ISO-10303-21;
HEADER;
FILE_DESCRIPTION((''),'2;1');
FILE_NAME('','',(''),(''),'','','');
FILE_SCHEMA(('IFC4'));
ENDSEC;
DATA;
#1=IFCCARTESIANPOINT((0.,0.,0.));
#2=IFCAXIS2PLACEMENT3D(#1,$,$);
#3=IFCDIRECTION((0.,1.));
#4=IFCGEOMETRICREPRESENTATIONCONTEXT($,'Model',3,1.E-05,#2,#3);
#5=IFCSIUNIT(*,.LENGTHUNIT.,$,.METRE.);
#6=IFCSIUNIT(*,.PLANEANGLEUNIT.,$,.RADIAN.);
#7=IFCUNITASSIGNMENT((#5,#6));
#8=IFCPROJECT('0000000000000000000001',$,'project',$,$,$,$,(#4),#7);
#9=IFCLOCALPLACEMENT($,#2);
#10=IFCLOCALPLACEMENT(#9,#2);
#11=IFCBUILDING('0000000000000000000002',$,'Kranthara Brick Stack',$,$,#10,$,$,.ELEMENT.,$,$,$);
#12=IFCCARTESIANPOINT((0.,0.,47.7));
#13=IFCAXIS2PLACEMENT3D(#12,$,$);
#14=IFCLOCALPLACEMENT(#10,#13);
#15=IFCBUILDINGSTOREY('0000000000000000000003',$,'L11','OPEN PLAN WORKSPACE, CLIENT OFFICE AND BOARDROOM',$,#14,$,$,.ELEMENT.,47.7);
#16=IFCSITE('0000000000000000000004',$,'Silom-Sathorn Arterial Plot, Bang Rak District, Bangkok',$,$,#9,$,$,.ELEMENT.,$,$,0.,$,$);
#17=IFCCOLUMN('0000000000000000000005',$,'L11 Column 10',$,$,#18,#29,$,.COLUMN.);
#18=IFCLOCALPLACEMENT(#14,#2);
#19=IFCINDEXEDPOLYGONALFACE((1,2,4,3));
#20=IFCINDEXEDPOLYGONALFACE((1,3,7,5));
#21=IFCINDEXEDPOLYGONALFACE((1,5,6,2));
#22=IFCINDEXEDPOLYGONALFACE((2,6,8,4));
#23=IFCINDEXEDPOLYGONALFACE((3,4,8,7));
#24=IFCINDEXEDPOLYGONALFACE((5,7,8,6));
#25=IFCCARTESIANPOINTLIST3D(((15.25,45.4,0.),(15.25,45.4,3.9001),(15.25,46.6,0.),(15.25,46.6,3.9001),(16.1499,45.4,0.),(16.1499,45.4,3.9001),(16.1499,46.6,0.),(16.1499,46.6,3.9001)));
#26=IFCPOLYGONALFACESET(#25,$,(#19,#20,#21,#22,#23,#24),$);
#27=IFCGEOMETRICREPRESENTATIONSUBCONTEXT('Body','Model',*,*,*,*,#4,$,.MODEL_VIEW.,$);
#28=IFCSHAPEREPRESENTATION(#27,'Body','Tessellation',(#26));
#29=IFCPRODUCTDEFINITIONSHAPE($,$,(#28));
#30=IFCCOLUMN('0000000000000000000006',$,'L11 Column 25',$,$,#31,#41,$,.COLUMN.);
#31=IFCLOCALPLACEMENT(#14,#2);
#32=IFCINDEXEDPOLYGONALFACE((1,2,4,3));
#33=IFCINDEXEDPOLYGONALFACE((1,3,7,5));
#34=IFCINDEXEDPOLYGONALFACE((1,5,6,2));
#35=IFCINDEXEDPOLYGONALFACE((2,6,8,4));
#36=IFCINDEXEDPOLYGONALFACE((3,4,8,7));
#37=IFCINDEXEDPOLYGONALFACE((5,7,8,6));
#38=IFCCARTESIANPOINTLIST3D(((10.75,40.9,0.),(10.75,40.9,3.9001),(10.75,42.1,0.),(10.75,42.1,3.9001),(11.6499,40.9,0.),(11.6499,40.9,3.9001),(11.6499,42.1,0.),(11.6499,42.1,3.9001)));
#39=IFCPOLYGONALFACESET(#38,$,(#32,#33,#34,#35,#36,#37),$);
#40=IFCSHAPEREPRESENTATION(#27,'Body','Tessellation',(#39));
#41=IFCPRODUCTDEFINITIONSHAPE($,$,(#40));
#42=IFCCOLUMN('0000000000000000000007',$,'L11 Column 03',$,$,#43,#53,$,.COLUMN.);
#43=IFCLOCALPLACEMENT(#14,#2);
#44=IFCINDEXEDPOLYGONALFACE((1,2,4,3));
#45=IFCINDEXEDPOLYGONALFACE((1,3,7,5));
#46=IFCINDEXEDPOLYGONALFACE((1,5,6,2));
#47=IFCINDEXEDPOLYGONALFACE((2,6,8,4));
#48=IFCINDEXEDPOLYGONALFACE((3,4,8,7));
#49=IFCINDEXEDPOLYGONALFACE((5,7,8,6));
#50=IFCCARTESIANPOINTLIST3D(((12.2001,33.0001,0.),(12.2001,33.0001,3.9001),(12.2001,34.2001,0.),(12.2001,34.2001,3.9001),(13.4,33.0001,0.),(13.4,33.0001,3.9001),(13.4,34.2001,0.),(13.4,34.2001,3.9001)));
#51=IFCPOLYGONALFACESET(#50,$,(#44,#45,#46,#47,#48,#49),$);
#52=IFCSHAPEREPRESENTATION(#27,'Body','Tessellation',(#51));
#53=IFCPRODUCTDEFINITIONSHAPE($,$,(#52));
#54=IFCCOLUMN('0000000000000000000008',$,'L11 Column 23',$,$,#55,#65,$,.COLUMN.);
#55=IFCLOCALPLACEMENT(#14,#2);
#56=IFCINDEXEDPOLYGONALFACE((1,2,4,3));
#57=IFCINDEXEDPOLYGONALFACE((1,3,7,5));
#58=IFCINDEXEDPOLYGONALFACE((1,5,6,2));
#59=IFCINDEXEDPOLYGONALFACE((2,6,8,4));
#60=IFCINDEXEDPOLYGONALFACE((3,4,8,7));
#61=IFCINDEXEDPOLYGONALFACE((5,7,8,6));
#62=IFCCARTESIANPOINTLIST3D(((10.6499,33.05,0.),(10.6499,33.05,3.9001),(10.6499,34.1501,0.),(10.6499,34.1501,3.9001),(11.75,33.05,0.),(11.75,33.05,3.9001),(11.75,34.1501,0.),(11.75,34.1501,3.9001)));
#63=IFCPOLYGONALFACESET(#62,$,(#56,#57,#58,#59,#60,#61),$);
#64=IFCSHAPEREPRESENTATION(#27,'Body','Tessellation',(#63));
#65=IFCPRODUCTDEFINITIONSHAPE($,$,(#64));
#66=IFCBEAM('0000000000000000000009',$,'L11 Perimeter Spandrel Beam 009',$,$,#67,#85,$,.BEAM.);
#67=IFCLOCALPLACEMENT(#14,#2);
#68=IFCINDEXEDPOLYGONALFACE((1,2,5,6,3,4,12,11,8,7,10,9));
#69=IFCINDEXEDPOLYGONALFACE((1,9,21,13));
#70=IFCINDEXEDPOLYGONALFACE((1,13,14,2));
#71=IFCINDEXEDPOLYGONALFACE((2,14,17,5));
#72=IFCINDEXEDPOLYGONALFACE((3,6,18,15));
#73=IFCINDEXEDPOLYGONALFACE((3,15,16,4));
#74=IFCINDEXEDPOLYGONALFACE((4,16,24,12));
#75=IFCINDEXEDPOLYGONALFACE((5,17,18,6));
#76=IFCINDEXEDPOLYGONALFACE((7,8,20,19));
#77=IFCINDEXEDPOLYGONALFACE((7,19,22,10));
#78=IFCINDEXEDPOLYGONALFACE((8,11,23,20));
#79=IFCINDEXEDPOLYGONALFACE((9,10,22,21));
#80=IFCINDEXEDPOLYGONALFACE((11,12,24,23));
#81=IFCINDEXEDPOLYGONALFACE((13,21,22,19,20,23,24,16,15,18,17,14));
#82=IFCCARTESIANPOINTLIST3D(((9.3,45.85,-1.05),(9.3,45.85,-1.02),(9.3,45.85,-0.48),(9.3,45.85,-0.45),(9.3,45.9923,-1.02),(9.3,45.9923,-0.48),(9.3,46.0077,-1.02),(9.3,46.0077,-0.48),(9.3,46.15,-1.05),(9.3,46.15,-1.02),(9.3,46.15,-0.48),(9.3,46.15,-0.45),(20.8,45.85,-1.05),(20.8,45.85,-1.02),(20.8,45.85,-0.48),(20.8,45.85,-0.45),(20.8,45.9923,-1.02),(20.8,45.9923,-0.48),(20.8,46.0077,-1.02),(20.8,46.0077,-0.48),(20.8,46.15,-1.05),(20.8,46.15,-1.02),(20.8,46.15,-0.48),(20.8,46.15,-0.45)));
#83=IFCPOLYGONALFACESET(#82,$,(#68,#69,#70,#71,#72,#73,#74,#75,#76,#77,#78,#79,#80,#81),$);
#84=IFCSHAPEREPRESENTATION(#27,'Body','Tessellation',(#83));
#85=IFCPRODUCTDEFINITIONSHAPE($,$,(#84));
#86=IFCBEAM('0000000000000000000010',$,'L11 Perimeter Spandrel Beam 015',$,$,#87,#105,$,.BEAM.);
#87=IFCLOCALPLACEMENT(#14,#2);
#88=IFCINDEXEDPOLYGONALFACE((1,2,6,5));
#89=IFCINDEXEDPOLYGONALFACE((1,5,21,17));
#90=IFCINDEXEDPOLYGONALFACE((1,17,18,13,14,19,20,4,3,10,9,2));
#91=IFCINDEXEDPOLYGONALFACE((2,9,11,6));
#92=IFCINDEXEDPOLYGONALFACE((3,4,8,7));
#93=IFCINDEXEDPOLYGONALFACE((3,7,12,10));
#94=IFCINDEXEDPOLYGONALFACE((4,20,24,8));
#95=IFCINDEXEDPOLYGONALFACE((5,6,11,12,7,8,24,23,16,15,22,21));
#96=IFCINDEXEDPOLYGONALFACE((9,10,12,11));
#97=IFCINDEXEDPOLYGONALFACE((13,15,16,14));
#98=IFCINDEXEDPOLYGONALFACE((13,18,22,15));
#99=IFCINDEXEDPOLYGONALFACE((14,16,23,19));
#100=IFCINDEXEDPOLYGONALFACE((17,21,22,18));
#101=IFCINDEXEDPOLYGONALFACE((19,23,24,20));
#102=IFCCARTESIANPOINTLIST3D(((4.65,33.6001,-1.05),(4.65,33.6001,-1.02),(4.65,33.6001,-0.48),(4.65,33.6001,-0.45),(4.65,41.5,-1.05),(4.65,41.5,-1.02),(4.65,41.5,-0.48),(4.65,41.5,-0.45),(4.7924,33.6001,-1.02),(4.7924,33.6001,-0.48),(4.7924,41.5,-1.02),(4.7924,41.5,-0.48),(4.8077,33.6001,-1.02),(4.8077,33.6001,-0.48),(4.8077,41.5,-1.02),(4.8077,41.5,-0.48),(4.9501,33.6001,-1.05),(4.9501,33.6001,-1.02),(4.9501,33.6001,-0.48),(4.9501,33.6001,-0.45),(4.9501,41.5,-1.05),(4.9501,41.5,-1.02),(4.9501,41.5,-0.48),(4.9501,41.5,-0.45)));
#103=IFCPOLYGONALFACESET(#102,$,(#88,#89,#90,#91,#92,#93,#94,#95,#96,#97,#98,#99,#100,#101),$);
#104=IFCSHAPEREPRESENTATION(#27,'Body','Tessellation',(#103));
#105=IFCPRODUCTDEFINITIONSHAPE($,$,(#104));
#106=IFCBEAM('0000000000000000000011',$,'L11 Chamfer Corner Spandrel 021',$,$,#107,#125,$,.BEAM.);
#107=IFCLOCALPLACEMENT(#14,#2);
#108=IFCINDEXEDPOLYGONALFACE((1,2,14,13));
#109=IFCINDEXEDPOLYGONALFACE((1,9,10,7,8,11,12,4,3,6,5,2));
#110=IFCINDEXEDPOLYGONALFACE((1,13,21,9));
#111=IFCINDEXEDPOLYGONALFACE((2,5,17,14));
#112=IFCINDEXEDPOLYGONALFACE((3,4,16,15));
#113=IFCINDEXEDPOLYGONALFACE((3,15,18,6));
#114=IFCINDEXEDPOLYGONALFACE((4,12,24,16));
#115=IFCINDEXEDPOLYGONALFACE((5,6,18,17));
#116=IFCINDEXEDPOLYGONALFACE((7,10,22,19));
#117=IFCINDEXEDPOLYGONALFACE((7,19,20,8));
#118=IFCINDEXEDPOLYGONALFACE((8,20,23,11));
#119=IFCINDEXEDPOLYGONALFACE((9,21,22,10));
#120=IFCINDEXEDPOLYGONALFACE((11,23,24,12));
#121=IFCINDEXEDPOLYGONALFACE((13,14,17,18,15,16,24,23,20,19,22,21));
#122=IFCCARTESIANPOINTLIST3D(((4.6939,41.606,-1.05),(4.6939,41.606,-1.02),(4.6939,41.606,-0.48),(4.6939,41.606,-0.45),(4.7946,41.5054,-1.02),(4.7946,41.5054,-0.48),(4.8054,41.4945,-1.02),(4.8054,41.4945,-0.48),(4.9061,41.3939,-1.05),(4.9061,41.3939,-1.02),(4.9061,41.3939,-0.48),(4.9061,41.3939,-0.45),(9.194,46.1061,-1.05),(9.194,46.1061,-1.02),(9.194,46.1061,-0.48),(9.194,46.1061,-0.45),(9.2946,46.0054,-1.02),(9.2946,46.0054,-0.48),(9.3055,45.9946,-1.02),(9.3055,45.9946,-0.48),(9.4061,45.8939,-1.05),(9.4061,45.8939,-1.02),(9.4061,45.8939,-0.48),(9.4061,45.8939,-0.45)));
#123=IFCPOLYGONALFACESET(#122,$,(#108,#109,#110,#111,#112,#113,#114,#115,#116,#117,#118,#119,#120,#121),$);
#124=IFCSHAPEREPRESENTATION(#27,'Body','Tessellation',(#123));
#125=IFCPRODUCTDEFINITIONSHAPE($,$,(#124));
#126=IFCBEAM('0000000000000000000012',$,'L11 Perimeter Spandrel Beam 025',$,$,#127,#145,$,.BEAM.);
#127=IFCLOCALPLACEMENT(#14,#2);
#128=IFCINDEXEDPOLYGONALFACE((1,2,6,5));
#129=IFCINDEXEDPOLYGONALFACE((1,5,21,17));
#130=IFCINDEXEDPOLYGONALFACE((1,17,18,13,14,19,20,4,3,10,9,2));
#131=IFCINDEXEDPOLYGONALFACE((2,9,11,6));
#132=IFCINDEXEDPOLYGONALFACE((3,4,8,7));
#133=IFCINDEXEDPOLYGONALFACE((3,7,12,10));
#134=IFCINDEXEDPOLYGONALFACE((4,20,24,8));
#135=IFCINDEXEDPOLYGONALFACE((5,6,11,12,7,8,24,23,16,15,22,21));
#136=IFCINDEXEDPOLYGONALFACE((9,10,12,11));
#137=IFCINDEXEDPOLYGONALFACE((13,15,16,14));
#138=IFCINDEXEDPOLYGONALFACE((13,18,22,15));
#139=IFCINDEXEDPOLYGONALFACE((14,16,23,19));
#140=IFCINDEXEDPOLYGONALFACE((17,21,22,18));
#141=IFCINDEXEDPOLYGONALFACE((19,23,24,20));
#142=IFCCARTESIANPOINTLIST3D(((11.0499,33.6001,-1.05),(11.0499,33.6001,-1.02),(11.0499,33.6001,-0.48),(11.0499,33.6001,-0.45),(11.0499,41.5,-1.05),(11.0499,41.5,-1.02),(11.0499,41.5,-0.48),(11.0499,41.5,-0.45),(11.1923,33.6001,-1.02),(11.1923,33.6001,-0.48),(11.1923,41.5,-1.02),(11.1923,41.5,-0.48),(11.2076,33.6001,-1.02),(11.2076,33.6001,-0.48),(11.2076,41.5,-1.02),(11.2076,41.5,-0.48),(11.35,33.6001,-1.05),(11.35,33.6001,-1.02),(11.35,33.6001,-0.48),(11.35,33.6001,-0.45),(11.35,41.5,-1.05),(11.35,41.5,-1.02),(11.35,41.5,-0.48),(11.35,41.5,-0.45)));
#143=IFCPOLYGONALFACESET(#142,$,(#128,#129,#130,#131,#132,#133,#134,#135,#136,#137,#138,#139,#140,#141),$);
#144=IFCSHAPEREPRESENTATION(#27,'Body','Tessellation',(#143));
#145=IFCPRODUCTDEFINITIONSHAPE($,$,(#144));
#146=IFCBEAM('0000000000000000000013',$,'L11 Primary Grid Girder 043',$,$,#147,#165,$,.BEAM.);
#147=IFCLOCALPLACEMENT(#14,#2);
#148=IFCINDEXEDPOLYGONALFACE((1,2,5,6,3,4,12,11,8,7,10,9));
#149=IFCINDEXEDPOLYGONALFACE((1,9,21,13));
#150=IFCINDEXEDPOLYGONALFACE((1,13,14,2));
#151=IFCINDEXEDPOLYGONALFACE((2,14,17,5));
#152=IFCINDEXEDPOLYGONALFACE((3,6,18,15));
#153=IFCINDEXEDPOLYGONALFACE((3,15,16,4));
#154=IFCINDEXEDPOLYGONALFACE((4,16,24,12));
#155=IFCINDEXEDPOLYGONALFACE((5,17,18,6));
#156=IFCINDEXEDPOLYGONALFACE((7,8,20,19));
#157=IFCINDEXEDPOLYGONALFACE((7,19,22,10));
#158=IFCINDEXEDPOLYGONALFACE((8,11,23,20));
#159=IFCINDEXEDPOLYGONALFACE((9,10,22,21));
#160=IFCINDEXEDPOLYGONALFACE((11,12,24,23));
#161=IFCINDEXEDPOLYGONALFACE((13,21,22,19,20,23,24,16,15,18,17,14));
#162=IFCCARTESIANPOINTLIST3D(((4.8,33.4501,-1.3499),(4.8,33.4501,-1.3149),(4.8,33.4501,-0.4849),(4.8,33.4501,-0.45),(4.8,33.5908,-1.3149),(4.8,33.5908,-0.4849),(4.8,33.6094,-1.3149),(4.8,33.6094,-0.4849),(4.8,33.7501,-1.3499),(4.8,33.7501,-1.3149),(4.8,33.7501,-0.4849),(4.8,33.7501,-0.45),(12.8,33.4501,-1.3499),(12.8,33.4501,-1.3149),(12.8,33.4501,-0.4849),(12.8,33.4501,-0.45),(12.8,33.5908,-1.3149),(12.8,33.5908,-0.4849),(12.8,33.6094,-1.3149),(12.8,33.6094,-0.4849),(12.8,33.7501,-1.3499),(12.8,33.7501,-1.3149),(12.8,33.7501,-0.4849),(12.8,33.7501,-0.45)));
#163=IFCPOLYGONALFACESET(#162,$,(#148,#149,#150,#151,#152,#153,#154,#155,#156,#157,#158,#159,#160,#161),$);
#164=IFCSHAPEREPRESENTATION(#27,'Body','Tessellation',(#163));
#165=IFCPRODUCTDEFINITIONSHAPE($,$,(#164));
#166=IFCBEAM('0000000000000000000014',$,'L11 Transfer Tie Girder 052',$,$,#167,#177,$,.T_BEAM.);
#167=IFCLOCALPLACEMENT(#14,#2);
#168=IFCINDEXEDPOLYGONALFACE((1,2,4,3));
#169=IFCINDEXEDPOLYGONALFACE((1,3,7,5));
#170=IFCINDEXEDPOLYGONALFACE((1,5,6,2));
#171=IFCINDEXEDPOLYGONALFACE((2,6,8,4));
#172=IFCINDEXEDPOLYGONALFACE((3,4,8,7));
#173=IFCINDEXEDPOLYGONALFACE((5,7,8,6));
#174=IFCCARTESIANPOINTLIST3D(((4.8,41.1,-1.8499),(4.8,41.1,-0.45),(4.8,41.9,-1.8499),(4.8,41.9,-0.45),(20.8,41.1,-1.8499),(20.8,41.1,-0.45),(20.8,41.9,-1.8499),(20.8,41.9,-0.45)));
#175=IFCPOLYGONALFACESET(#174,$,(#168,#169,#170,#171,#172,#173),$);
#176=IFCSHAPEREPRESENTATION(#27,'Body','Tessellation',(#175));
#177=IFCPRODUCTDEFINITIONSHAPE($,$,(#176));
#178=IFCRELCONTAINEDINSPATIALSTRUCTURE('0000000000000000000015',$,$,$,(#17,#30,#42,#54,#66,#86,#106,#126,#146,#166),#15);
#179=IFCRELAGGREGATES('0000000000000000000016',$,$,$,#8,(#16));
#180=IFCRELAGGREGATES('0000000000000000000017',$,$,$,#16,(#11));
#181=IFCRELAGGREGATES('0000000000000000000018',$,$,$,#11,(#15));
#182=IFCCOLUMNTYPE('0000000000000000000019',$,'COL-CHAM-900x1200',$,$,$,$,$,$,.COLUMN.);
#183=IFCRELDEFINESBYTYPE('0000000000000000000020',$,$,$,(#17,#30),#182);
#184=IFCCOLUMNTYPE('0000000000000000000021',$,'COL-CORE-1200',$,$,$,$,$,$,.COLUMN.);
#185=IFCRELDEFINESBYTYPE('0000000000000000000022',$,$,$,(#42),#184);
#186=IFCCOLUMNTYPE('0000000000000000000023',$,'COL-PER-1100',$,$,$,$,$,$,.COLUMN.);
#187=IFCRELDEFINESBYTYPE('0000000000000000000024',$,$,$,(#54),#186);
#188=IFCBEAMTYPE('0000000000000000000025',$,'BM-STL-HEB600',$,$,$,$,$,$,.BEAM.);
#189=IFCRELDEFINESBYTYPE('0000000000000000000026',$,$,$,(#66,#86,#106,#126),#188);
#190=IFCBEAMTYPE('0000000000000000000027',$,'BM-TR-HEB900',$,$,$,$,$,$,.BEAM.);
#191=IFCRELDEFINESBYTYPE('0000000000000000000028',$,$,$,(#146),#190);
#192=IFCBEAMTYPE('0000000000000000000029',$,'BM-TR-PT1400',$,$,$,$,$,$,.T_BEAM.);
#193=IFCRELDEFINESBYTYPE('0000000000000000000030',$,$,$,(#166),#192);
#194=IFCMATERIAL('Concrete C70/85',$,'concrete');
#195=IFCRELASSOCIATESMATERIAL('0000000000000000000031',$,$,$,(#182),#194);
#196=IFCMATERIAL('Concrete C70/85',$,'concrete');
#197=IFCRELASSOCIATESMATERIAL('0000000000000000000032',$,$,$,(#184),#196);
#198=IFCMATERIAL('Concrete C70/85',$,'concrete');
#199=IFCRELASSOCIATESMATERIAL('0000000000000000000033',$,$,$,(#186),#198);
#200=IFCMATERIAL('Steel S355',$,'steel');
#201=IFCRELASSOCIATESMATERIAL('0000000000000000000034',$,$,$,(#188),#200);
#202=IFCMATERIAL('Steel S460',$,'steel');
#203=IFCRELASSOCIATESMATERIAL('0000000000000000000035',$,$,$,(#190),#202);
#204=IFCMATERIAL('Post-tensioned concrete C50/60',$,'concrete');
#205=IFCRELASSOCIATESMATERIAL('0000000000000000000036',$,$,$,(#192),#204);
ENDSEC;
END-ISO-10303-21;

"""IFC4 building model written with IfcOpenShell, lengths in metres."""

from ifc_helpers import new_model, si_unit, direction, frame, origin, origin_2d, place, context, subcontext, project, spatial, rectangle, i_section, extrude, material, material_profile, profile_set, type_object, element, save


model = new_model("IFC4")

# Units and contexts
model_context = context("Model", 3, precision=1e-05, world=origin(), true_north=direction((0.0, 1.0)))
body_context = subcontext(model_context, "Body", "Model", "MODEL_VIEW")
ifc_project = project(units=[si_unit("LENGTHUNIT", "METRE"), si_unit("PLANEANGLEUNIT", "RADIAN")], contexts=[model_context])

# Site, building, storey
site_placement = place(None, origin())
site = spatial("IfcSite", under=ifc_project, at=site_placement, Name="Silom-Sathorn Arterial Plot, Bang Rak District, Bangkok", CompositionType="ELEMENT", RefElevation=0.0)
building_placement = place(site_placement, origin())
building = spatial("IfcBuilding", under=site, at=building_placement, Name="Kranthara Brick Stack", CompositionType="ELEMENT")
storey_placement = place(building_placement, frame((0.0, 0.0, 47.7)))
storey = spatial("IfcBuildingStorey", under=building, at=storey_placement, Name="L11", Description="OPEN PLAN WORKSPACE, CLIENT OFFICE AND BOARDROOM", CompositionType="ELEMENT", Elevation=47.7)

# Columns
ifc_material_1 = material(Name="Concrete C70/85", Category="concrete")
ifc_material_profile_1 = material_profile(ifc_material_1, rectangle(XDim=0.8999, YDim=1.2, at=origin_2d()), Name="RC 900x1200")
ifc_profile_set_1 = profile_set([ifc_material_profile_1], Name="Concrete C70/85")
column_type_1 = type_object("IfcColumnType", Name="COL-CHAM-900x1200", PredefinedType="COLUMN", material=ifc_profile_set_1)
for number, where, z_axis, x_axis, name in (
    (1, (15.7, 46.0, 0.0), (0.0, 0.0, 1.0), (1.0, 0.0, 0.0), "L11 Column 10"),
    (2, (11.2, 41.5, 0.0), (0.0, 0.0, 1.0), (1.0, 0.0, 0.0), "L11 Column 25"),
):
    element("IfcColumn", number, at=place(storey_placement, frame(where, z_axis=z_axis, x_axis=x_axis)), inside=storey, type_object=column_type_1, Name=name, PredefinedType="COLUMN", context=body_context, shape_type="SweptSolid", body=[
        extrude(rectangle(XDim=0.8999, YDim=1.2, at=origin_2d()), origin(), (0.0, 0.0, 1.0), 3.9001),
    ])
ifc_material_2 = material(Name="Concrete C70/85", Category="concrete")
ifc_material_profile_2 = material_profile(ifc_material_2, rectangle(XDim=1.2, YDim=1.2, at=origin_2d()), Name="RC 1200x1200")
ifc_profile_set_2 = profile_set([ifc_material_profile_2], Name="Concrete C70/85")
column_type_2 = type_object("IfcColumnType", Name="COL-CORE-1200", PredefinedType="COLUMN", material=ifc_profile_set_2)
column_1_placement = place(storey_placement, frame((12.8, 33.6001, 0.0), z_axis=(0.0, 0.0, 1.0), x_axis=(1.0, 0.0, 0.0)))
element("IfcColumn", 3, at=column_1_placement, inside=storey, type_object=column_type_2, Name="L11 Column 03", PredefinedType="COLUMN", context=body_context, shape_type="SweptSolid", body=[
    extrude(rectangle(XDim=1.2, YDim=1.2, at=origin_2d()), origin(), (0.0, 0.0, 1.0), 3.9001),
])
ifc_material_3 = material(Name="Concrete C70/85", Category="concrete")
ifc_material_profile_3 = material_profile(ifc_material_3, rectangle(XDim=1.1001, YDim=1.1001, at=origin_2d()), Name="RC 1100x1100")
ifc_profile_set_3 = profile_set([ifc_material_profile_3], Name="Concrete C70/85")
column_type_3 = type_object("IfcColumnType", Name="COL-PER-1100", PredefinedType="COLUMN", material=ifc_profile_set_3)
column_2_placement = place(storey_placement, frame((11.2, 33.6001, 0.0), z_axis=(0.0, 0.0, 1.0), x_axis=(1.0, 0.0, 0.0)))
element("IfcColumn", 4, at=column_2_placement, inside=storey, type_object=column_type_3, Name="L11 Column 23", PredefinedType="COLUMN", context=body_context, shape_type="SweptSolid", body=[
    extrude(rectangle(XDim=1.1001, YDim=1.1001, at=origin_2d()), origin(), (0.0, 0.0, 1.0), 3.9001),
])

# Beams
ifc_material_4 = material(Name="Steel S355", Category="steel")
ifc_material_profile_4 = material_profile(ifc_material_4, i_section(OverallWidth=0.3, OverallDepth=0.6001, WebThickness=0.0154, FlangeThickness=0.03, at=origin_2d()), Name="HEB 600")
ifc_profile_set_4 = profile_set([ifc_material_profile_4], Name="Steel S355")
beam_type_1 = type_object("IfcBeamType", Name="BM-STL-HEB600", PredefinedType="BEAM", material=ifc_profile_set_4)
beam_1_placement = place(storey_placement, frame((9.3, 46.0, -0.75), z_axis=(1.0, 0.0, 0.0), x_axis=(0.0, 1.0, 0.0)))
element("IfcBeam", 5, at=beam_1_placement, inside=storey, type_object=beam_type_1, Name="L11 Perimeter Spandrel Beam 009", PredefinedType="BEAM", context=body_context, shape_type="SweptSolid", body=[
    extrude(i_section(OverallWidth=0.3, OverallDepth=0.6001, WebThickness=0.0154, FlangeThickness=0.03, at=origin_2d()), origin(), (0.0, 0.0, 1.0), 11.5),
])
beam_2_placement = place(storey_placement, frame((4.8, 33.6001, -0.75), z_axis=(0.0, 1.0, 0.0), x_axis=(-1.0, 0.0, 0.0)))
element("IfcBeam", 6, at=beam_2_placement, inside=storey, type_object=beam_type_1, Name="L11 Perimeter Spandrel Beam 015", PredefinedType="BEAM", context=body_context, shape_type="SweptSolid", body=[
    extrude(i_section(OverallWidth=0.3, OverallDepth=0.6001, WebThickness=0.0154, FlangeThickness=0.03, at=origin_2d()), origin(), (0.0, 0.0, 1.0), 7.8999),
])
beam_3_placement = place(storey_placement, frame((9.3, 46.0, -0.75), z_axis=(-0.707107, -0.707107, 0.0), x_axis=(0.707107, -0.707107, 0.0)))
element("IfcBeam", 7, at=beam_3_placement, inside=storey, type_object=beam_type_1, Name="L11 Chamfer Corner Spandrel 021", PredefinedType="BEAM", context=body_context, shape_type="SweptSolid", body=[
    extrude(i_section(OverallWidth=0.3, OverallDepth=0.6001, WebThickness=0.0154, FlangeThickness=0.03, at=origin_2d()), origin(), (0.0, 0.0, 1.0), 6.364),
])
beam_4_placement = place(storey_placement, frame((11.2, 33.6001, -0.75), z_axis=(0.0, 1.0, 0.0), x_axis=(-1.0, 0.0, 0.0)))
element("IfcBeam", 8, at=beam_4_placement, inside=storey, type_object=beam_type_1, Name="L11 Perimeter Spandrel Beam 025", PredefinedType="BEAM", context=body_context, shape_type="SweptSolid", body=[
    extrude(i_section(OverallWidth=0.3, OverallDepth=0.6001, WebThickness=0.0154, FlangeThickness=0.03, at=origin_2d()), origin(), (0.0, 0.0, 1.0), 7.8999),
])
ifc_material_5 = material(Name="Steel S460", Category="steel")
ifc_material_profile_5 = material_profile(ifc_material_5, i_section(OverallWidth=0.3, OverallDepth=0.8999, WebThickness=0.0186, FlangeThickness=0.0349, at=origin_2d()), Name="HEB 900")
ifc_profile_set_5 = profile_set([ifc_material_profile_5], Name="Steel S460")
beam_type_2 = type_object("IfcBeamType", Name="BM-TR-HEB900", PredefinedType="BEAM", material=ifc_profile_set_5)
beam_5_placement = place(storey_placement, frame((4.8, 33.6001, -0.8999), z_axis=(1.0, 0.0, 0.0), x_axis=(0.0, 1.0, 0.0)))
element("IfcBeam", 9, at=beam_5_placement, inside=storey, type_object=beam_type_2, Name="L11 Primary Grid Girder 043", PredefinedType="BEAM", context=body_context, shape_type="SweptSolid", body=[
    extrude(i_section(OverallWidth=0.3, OverallDepth=0.8999, WebThickness=0.0186, FlangeThickness=0.0349, at=origin_2d()), origin(), (0.0, 0.0, 1.0), 8.0),
])
ifc_material_6 = material(Name="Post-tensioned concrete C50/60", Category="concrete")
ifc_material_profile_6 = material_profile(ifc_material_6, rectangle(XDim=0.8, YDim=1.3999, at=origin_2d()), Name="PT 800x1400")
ifc_profile_set_6 = profile_set([ifc_material_profile_6], Name="Post-tensioned concrete C50/60")
beam_type_3 = type_object("IfcBeamType", Name="BM-TR-PT1400", PredefinedType="T_BEAM", material=ifc_profile_set_6)
beam_6_placement = place(storey_placement, frame((4.8, 41.5, -1.1499), z_axis=(1.0, 0.0, 0.0), x_axis=(0.0, 1.0, 0.0)))
element("IfcBeam", 10, at=beam_6_placement, inside=storey, type_object=beam_type_3, Name="L11 Transfer Tie Girder 052", PredefinedType="T_BEAM", context=body_context, shape_type="SweptSolid", body=[
    extrude(rectangle(XDim=0.8, YDim=1.3999, at=origin_2d()), origin(), (0.0, 0.0, 1.0), 16.0),
])

save(model, "model.ifc")
